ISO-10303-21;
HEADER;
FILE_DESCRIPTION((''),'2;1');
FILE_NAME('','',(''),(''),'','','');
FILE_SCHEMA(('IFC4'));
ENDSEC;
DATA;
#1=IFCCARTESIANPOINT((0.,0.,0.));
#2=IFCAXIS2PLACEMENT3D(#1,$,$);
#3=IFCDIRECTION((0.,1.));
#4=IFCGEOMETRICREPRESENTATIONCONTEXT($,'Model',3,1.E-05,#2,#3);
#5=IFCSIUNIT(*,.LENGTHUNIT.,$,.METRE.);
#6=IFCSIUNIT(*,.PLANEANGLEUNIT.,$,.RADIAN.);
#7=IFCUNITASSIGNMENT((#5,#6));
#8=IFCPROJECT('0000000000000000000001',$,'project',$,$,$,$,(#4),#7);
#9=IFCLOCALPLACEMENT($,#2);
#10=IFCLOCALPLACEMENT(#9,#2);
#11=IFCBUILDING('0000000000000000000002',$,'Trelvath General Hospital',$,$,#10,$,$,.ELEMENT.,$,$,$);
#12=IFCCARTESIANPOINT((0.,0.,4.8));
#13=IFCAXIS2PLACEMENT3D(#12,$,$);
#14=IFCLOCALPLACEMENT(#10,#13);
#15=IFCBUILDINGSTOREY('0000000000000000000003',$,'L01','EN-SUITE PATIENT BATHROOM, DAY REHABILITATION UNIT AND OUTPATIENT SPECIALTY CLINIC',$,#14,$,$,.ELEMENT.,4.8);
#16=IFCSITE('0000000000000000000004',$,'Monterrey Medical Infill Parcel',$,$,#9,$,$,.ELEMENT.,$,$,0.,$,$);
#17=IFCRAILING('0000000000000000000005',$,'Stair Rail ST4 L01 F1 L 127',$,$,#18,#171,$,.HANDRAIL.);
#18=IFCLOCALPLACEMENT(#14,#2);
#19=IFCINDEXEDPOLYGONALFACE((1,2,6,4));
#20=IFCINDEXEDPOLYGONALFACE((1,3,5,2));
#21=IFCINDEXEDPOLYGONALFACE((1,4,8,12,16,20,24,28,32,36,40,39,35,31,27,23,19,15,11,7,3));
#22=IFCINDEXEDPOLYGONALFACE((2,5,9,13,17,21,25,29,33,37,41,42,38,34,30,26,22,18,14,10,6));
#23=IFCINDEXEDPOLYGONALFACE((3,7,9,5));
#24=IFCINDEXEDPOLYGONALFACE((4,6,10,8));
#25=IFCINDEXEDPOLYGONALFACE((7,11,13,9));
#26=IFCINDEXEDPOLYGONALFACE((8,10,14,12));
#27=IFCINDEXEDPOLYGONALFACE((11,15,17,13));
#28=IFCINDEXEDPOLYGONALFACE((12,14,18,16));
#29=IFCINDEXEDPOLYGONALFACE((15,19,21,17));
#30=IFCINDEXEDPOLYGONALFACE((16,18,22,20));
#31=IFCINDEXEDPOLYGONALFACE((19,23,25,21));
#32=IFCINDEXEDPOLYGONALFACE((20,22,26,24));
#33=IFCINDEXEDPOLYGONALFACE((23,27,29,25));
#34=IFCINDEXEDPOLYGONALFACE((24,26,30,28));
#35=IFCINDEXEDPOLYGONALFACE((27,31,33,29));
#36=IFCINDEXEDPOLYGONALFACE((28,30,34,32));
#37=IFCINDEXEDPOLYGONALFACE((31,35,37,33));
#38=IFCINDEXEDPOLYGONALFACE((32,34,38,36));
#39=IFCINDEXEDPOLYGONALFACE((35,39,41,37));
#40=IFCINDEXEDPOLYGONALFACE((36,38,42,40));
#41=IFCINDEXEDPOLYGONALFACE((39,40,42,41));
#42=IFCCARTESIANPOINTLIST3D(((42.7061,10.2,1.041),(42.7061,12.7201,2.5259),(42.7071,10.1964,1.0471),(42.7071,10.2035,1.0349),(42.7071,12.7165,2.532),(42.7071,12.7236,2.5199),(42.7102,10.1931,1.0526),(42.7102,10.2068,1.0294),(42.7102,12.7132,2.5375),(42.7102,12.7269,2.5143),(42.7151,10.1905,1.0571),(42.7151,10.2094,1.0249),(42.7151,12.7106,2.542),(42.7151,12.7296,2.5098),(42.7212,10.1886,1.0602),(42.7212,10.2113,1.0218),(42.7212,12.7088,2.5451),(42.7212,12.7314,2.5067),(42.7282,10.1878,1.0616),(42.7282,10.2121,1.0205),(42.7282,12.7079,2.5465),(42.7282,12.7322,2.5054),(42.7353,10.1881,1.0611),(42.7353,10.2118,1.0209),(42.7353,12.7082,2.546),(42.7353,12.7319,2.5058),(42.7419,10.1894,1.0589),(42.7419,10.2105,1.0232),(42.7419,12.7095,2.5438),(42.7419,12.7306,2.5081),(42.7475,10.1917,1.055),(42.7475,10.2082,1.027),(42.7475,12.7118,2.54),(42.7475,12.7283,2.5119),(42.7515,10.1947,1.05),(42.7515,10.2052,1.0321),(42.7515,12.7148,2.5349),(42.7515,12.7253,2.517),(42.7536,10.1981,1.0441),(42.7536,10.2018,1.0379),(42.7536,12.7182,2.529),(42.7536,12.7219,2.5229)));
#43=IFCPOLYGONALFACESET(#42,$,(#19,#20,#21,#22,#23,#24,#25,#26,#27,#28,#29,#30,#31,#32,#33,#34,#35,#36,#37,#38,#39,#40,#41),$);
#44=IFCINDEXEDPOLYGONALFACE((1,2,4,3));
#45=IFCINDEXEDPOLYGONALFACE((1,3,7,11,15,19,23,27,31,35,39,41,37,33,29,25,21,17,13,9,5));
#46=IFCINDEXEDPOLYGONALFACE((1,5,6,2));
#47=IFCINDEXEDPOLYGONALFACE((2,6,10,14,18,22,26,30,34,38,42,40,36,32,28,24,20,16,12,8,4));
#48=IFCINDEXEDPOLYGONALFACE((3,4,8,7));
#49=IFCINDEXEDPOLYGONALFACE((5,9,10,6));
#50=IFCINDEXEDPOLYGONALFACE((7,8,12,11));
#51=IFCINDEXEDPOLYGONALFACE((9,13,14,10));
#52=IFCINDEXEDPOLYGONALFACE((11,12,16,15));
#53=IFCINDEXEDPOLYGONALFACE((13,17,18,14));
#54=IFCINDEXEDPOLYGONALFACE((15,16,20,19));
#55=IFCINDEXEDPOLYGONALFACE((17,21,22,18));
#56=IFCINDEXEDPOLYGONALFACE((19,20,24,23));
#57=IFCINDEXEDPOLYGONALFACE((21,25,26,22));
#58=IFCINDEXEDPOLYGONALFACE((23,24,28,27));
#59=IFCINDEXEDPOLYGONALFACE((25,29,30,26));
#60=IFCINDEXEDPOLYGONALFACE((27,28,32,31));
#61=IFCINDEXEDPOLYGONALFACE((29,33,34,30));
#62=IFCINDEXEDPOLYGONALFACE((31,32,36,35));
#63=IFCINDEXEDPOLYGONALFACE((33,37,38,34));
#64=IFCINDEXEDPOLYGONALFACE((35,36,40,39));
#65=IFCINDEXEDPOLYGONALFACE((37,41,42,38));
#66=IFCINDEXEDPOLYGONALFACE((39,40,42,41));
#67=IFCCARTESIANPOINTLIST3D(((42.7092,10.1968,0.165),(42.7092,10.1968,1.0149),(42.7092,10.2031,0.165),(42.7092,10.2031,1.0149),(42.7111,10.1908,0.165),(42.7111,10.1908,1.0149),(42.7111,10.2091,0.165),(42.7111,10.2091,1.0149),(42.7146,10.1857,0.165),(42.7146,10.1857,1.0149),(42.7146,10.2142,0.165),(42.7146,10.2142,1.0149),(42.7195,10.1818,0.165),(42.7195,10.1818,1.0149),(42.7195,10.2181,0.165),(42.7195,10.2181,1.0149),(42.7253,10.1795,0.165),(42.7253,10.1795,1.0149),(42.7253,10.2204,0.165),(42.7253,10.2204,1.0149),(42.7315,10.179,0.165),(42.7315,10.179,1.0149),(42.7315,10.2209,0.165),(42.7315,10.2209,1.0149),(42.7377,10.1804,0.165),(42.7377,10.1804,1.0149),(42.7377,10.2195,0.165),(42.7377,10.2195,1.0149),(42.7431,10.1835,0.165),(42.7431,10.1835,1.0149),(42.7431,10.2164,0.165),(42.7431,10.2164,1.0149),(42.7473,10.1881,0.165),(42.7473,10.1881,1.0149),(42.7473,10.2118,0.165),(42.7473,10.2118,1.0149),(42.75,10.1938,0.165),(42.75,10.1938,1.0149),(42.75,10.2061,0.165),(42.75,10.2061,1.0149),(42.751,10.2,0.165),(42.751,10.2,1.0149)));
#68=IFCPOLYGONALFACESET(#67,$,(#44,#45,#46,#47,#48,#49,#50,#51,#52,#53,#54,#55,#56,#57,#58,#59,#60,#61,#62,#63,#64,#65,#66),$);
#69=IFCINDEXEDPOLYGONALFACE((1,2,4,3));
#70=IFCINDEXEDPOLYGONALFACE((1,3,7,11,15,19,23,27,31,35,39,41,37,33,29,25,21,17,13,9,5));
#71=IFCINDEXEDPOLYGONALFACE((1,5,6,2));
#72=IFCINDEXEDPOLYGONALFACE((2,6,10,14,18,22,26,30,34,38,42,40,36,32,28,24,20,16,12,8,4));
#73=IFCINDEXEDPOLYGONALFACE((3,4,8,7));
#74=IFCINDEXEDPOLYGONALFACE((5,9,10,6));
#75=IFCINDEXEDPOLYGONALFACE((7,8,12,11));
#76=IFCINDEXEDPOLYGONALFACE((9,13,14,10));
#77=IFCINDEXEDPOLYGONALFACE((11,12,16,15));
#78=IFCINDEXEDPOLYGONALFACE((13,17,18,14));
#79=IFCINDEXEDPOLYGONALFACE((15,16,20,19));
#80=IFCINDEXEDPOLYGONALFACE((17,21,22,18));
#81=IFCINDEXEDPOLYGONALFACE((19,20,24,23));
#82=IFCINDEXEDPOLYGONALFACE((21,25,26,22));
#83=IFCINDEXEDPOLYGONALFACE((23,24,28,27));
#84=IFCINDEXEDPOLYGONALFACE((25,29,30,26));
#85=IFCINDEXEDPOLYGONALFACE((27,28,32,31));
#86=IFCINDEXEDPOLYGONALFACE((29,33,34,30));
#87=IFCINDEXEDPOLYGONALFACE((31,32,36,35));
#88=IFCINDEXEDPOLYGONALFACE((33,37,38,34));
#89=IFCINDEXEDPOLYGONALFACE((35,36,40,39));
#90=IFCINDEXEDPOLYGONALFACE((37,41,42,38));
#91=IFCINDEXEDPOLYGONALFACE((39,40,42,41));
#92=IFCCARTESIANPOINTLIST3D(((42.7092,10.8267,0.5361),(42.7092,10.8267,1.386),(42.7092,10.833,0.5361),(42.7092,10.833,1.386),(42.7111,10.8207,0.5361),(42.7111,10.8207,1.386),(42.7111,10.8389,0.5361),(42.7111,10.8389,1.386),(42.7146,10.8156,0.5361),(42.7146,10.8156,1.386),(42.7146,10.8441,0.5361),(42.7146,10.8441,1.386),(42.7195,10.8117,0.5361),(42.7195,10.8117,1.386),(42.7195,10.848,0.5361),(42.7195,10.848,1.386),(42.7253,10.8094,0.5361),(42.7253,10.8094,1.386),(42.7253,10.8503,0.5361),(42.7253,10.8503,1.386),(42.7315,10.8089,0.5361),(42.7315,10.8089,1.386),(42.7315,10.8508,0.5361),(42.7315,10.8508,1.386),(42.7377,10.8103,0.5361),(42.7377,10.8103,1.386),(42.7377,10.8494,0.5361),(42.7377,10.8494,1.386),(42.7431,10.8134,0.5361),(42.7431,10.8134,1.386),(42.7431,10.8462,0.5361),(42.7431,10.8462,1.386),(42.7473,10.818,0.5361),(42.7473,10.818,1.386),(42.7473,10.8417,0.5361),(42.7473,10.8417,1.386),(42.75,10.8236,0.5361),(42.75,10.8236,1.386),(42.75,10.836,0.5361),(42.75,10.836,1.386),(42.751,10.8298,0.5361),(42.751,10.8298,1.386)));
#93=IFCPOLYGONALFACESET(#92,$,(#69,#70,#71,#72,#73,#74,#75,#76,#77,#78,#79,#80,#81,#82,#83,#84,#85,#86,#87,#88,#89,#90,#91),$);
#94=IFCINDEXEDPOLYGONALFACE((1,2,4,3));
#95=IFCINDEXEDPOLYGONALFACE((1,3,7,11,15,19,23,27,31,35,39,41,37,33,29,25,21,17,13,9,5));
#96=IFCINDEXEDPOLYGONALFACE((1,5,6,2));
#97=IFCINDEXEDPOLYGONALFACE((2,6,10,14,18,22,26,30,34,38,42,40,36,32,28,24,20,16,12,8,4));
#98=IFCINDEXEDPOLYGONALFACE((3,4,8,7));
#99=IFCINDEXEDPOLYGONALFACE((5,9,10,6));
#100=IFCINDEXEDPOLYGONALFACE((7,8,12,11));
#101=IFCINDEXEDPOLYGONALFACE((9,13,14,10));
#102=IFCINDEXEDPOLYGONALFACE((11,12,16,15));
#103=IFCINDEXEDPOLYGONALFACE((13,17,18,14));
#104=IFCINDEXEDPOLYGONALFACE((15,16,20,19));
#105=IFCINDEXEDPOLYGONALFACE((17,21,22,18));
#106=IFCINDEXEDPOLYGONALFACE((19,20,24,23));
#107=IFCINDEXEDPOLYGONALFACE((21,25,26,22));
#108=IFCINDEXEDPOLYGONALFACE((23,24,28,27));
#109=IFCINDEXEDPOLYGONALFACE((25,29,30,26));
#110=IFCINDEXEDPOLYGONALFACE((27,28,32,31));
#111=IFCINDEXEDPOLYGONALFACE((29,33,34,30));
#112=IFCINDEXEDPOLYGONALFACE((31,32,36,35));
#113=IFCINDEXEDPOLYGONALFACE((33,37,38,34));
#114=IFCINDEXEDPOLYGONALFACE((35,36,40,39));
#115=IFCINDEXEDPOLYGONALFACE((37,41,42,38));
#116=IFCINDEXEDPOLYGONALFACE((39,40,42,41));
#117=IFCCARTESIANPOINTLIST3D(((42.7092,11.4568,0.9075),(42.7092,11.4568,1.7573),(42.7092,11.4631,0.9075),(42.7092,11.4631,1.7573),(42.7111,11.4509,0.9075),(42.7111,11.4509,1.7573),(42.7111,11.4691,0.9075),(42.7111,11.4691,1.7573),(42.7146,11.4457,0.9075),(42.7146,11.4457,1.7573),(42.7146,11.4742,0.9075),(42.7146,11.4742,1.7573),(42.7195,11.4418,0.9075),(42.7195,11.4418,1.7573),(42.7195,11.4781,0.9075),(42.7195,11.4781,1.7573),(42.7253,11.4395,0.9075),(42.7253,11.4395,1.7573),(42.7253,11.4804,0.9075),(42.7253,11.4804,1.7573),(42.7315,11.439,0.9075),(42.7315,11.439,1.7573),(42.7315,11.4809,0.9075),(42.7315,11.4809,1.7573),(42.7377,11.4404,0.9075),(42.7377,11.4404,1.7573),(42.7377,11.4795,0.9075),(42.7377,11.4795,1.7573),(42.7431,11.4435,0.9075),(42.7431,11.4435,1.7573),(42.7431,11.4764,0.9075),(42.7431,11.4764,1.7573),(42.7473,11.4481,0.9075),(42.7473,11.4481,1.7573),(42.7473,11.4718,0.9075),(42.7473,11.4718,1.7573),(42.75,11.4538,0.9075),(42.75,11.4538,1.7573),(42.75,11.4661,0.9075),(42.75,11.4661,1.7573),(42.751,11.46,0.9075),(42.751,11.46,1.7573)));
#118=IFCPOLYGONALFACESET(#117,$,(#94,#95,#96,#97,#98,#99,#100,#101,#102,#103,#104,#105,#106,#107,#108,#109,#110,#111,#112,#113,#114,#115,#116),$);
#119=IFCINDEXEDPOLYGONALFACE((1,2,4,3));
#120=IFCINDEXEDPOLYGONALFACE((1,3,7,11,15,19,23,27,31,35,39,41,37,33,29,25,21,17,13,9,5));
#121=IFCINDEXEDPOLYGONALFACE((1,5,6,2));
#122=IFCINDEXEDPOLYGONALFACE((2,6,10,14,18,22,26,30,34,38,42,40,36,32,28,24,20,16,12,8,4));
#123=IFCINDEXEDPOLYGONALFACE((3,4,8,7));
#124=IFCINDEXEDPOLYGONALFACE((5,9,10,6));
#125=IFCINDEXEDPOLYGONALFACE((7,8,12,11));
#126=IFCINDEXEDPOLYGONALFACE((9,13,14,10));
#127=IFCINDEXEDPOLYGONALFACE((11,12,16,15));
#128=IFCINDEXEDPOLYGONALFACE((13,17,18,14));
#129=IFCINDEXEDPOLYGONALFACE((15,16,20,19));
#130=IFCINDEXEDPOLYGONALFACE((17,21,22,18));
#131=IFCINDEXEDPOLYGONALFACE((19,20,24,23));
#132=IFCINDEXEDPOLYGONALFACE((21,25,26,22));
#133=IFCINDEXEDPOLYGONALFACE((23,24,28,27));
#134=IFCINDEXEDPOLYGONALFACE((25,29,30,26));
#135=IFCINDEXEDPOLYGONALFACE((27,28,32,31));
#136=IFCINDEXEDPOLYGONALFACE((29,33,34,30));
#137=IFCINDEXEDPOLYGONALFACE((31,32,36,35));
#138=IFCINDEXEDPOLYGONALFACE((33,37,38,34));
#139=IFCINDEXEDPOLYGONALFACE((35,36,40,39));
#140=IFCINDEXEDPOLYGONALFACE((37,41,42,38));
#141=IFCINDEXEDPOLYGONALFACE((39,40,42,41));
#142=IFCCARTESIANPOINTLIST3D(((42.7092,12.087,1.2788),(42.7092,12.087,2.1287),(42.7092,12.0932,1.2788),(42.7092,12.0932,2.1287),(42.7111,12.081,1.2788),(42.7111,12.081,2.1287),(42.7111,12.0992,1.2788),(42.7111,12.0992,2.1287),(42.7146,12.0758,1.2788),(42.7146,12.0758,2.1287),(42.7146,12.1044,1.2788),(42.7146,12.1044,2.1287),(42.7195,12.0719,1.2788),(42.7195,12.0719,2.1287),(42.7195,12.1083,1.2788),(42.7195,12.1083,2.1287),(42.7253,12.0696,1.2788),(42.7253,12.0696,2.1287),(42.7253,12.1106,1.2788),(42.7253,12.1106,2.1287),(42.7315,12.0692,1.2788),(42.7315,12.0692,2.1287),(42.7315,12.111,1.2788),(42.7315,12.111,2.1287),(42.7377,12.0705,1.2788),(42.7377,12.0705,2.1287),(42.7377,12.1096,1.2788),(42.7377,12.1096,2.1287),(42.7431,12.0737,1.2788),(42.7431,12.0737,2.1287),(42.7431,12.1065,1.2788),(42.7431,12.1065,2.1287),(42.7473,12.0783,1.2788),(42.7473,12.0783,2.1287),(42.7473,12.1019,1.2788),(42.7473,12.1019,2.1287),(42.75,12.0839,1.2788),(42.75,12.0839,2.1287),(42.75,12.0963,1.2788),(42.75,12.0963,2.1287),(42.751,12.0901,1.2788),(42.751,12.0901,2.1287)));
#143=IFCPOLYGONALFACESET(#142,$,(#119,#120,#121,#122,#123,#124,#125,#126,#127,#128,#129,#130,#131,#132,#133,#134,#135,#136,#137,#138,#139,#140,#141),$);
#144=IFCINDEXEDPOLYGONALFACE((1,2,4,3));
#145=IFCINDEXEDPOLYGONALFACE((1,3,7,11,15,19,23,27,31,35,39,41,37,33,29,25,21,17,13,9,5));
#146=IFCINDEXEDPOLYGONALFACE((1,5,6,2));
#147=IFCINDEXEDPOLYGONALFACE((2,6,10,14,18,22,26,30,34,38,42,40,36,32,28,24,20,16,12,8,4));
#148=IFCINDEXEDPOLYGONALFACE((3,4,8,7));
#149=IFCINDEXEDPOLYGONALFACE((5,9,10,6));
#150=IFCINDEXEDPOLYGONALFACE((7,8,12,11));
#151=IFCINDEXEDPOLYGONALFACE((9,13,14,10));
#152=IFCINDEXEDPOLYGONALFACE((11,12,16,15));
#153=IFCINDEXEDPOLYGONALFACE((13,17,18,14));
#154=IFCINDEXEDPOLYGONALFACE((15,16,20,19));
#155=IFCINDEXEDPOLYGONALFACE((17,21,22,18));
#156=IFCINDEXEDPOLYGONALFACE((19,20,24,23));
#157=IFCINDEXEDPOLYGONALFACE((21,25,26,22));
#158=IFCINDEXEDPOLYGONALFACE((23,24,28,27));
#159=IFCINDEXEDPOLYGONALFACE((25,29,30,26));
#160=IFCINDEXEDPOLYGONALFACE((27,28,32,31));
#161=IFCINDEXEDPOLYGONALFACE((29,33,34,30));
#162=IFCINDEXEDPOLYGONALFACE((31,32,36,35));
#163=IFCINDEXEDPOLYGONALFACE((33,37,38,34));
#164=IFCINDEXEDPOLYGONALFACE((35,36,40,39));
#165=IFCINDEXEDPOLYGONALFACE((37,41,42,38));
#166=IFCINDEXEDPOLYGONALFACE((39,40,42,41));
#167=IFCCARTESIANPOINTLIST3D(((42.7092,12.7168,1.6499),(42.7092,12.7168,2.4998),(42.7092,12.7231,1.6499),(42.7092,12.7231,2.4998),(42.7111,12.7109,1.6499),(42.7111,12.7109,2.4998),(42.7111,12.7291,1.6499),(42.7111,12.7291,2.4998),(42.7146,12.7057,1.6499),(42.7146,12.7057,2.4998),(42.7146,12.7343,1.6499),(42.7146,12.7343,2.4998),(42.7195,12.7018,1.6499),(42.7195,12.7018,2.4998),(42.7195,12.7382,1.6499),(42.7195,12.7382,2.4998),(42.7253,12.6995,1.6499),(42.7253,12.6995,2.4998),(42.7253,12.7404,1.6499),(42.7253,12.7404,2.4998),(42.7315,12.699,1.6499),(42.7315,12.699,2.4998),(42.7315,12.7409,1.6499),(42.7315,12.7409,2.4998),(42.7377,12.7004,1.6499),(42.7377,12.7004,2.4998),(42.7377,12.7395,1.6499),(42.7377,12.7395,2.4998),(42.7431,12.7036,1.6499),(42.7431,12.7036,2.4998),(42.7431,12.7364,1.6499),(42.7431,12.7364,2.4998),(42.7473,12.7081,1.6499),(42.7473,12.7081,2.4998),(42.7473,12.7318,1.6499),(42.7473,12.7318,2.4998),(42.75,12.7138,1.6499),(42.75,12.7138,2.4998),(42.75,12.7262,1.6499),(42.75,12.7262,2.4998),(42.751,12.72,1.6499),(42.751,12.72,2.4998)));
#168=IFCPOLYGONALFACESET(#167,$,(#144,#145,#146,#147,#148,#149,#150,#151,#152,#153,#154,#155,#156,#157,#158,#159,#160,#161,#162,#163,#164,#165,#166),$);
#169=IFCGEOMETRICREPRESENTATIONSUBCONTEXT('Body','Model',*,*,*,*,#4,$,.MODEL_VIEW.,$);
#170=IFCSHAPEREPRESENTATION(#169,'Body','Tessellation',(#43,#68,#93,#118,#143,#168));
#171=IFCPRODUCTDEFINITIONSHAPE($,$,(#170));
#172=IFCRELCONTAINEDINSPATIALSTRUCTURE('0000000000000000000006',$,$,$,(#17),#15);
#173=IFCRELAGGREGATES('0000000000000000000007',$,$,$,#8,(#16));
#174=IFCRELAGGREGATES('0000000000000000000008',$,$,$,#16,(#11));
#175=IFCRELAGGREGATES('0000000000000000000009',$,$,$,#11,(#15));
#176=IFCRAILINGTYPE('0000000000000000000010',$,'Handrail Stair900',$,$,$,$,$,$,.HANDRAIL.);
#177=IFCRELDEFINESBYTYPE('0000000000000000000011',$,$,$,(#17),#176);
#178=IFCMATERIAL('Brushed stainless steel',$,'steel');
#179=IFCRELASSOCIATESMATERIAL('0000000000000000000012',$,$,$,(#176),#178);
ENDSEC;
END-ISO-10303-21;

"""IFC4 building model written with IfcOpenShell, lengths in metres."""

from ifc_helpers import new_model, si_unit, direction, frame, origin, origin_2d, place, context, subcontext, project, spatial, circle, extrude, material, type_object, element, save


model = new_model("IFC4")

# Units and contexts
model_context = context("Model", 3, precision=1e-05, world=origin(), true_north=direction((0.0, 1.0)))
body_context = subcontext(model_context, "Body", "Model", "MODEL_VIEW")
ifc_project = project(units=[si_unit("LENGTHUNIT", "METRE"), si_unit("PLANEANGLEUNIT", "RADIAN")], contexts=[model_context])

# Site, building, storey
site_placement = place(None, origin())
site = spatial("IfcSite", under=ifc_project, at=site_placement, Name="Monterrey Medical Infill Parcel", CompositionType="ELEMENT", RefElevation=0.0)
building_placement = place(site_placement, origin())
building = spatial("IfcBuilding", under=site, at=building_placement, Name="Trelvath General Hospital", CompositionType="ELEMENT")
storey_placement = place(building_placement, frame((0.0, 0.0, 4.8)))
storey = spatial("IfcBuildingStorey", under=building, at=storey_placement, Name="L01", Description="EN-SUITE PATIENT BATHROOM, DAY REHABILITATION UNIT AND OUTPATIENT SPECIALTY CLINIC", CompositionType="ELEMENT", Elevation=4.8)

# Railing
ifc_material_1 = material(Name="Brushed stainless steel", Category="steel")
railing_type = type_object("IfcRailingType", Name="Handrail Stair900", PredefinedType="HANDRAIL", material=ifc_material_1)
railing_placement = place(storey_placement, frame((42.73, 10.2, 0.165)))
element("IfcRailing", 1, at=railing_placement, inside=storey, type_object=railing_type, Name="Stair Rail ST4 L01 F1 L 127", PredefinedType="HANDRAIL", context=body_context, shape_type="SweptSolid", body=[
    extrude(circle(Radius=0.0239, at=origin_2d()), frame((0.0, 0.0, 0.876), z_axis=(0.0, 0.861561, 0.507655), x_axis=(-1.0, 0.0, 0.0)), (0.0, 0.0, 1.0), 2.925),
    extrude(circle(Radius=0.021, at=origin_2d()), origin(), (0.0, 0.0, 1.0), 0.8499),
    extrude(circle(Radius=0.021, at=origin_2d()), frame((0.0, 0.6299, 0.3711)), (0.0, 0.0, 1.0), 0.8499),
    extrude(circle(Radius=0.021, at=origin_2d()), frame((0.0, 1.26, 0.7424)), (0.0, 0.0, 1.0), 0.8499),
    extrude(circle(Radius=0.021, at=origin_2d()), frame((0.0, 1.8901, 1.1138)), (0.0, 0.0, 1.0), 0.8499),
    extrude(circle(Radius=0.021, at=origin_2d()), frame((0.0, 2.52, 1.4849)), (0.0, 0.0, 1.0), 0.8499),
])

save(model, "model.ifc")
